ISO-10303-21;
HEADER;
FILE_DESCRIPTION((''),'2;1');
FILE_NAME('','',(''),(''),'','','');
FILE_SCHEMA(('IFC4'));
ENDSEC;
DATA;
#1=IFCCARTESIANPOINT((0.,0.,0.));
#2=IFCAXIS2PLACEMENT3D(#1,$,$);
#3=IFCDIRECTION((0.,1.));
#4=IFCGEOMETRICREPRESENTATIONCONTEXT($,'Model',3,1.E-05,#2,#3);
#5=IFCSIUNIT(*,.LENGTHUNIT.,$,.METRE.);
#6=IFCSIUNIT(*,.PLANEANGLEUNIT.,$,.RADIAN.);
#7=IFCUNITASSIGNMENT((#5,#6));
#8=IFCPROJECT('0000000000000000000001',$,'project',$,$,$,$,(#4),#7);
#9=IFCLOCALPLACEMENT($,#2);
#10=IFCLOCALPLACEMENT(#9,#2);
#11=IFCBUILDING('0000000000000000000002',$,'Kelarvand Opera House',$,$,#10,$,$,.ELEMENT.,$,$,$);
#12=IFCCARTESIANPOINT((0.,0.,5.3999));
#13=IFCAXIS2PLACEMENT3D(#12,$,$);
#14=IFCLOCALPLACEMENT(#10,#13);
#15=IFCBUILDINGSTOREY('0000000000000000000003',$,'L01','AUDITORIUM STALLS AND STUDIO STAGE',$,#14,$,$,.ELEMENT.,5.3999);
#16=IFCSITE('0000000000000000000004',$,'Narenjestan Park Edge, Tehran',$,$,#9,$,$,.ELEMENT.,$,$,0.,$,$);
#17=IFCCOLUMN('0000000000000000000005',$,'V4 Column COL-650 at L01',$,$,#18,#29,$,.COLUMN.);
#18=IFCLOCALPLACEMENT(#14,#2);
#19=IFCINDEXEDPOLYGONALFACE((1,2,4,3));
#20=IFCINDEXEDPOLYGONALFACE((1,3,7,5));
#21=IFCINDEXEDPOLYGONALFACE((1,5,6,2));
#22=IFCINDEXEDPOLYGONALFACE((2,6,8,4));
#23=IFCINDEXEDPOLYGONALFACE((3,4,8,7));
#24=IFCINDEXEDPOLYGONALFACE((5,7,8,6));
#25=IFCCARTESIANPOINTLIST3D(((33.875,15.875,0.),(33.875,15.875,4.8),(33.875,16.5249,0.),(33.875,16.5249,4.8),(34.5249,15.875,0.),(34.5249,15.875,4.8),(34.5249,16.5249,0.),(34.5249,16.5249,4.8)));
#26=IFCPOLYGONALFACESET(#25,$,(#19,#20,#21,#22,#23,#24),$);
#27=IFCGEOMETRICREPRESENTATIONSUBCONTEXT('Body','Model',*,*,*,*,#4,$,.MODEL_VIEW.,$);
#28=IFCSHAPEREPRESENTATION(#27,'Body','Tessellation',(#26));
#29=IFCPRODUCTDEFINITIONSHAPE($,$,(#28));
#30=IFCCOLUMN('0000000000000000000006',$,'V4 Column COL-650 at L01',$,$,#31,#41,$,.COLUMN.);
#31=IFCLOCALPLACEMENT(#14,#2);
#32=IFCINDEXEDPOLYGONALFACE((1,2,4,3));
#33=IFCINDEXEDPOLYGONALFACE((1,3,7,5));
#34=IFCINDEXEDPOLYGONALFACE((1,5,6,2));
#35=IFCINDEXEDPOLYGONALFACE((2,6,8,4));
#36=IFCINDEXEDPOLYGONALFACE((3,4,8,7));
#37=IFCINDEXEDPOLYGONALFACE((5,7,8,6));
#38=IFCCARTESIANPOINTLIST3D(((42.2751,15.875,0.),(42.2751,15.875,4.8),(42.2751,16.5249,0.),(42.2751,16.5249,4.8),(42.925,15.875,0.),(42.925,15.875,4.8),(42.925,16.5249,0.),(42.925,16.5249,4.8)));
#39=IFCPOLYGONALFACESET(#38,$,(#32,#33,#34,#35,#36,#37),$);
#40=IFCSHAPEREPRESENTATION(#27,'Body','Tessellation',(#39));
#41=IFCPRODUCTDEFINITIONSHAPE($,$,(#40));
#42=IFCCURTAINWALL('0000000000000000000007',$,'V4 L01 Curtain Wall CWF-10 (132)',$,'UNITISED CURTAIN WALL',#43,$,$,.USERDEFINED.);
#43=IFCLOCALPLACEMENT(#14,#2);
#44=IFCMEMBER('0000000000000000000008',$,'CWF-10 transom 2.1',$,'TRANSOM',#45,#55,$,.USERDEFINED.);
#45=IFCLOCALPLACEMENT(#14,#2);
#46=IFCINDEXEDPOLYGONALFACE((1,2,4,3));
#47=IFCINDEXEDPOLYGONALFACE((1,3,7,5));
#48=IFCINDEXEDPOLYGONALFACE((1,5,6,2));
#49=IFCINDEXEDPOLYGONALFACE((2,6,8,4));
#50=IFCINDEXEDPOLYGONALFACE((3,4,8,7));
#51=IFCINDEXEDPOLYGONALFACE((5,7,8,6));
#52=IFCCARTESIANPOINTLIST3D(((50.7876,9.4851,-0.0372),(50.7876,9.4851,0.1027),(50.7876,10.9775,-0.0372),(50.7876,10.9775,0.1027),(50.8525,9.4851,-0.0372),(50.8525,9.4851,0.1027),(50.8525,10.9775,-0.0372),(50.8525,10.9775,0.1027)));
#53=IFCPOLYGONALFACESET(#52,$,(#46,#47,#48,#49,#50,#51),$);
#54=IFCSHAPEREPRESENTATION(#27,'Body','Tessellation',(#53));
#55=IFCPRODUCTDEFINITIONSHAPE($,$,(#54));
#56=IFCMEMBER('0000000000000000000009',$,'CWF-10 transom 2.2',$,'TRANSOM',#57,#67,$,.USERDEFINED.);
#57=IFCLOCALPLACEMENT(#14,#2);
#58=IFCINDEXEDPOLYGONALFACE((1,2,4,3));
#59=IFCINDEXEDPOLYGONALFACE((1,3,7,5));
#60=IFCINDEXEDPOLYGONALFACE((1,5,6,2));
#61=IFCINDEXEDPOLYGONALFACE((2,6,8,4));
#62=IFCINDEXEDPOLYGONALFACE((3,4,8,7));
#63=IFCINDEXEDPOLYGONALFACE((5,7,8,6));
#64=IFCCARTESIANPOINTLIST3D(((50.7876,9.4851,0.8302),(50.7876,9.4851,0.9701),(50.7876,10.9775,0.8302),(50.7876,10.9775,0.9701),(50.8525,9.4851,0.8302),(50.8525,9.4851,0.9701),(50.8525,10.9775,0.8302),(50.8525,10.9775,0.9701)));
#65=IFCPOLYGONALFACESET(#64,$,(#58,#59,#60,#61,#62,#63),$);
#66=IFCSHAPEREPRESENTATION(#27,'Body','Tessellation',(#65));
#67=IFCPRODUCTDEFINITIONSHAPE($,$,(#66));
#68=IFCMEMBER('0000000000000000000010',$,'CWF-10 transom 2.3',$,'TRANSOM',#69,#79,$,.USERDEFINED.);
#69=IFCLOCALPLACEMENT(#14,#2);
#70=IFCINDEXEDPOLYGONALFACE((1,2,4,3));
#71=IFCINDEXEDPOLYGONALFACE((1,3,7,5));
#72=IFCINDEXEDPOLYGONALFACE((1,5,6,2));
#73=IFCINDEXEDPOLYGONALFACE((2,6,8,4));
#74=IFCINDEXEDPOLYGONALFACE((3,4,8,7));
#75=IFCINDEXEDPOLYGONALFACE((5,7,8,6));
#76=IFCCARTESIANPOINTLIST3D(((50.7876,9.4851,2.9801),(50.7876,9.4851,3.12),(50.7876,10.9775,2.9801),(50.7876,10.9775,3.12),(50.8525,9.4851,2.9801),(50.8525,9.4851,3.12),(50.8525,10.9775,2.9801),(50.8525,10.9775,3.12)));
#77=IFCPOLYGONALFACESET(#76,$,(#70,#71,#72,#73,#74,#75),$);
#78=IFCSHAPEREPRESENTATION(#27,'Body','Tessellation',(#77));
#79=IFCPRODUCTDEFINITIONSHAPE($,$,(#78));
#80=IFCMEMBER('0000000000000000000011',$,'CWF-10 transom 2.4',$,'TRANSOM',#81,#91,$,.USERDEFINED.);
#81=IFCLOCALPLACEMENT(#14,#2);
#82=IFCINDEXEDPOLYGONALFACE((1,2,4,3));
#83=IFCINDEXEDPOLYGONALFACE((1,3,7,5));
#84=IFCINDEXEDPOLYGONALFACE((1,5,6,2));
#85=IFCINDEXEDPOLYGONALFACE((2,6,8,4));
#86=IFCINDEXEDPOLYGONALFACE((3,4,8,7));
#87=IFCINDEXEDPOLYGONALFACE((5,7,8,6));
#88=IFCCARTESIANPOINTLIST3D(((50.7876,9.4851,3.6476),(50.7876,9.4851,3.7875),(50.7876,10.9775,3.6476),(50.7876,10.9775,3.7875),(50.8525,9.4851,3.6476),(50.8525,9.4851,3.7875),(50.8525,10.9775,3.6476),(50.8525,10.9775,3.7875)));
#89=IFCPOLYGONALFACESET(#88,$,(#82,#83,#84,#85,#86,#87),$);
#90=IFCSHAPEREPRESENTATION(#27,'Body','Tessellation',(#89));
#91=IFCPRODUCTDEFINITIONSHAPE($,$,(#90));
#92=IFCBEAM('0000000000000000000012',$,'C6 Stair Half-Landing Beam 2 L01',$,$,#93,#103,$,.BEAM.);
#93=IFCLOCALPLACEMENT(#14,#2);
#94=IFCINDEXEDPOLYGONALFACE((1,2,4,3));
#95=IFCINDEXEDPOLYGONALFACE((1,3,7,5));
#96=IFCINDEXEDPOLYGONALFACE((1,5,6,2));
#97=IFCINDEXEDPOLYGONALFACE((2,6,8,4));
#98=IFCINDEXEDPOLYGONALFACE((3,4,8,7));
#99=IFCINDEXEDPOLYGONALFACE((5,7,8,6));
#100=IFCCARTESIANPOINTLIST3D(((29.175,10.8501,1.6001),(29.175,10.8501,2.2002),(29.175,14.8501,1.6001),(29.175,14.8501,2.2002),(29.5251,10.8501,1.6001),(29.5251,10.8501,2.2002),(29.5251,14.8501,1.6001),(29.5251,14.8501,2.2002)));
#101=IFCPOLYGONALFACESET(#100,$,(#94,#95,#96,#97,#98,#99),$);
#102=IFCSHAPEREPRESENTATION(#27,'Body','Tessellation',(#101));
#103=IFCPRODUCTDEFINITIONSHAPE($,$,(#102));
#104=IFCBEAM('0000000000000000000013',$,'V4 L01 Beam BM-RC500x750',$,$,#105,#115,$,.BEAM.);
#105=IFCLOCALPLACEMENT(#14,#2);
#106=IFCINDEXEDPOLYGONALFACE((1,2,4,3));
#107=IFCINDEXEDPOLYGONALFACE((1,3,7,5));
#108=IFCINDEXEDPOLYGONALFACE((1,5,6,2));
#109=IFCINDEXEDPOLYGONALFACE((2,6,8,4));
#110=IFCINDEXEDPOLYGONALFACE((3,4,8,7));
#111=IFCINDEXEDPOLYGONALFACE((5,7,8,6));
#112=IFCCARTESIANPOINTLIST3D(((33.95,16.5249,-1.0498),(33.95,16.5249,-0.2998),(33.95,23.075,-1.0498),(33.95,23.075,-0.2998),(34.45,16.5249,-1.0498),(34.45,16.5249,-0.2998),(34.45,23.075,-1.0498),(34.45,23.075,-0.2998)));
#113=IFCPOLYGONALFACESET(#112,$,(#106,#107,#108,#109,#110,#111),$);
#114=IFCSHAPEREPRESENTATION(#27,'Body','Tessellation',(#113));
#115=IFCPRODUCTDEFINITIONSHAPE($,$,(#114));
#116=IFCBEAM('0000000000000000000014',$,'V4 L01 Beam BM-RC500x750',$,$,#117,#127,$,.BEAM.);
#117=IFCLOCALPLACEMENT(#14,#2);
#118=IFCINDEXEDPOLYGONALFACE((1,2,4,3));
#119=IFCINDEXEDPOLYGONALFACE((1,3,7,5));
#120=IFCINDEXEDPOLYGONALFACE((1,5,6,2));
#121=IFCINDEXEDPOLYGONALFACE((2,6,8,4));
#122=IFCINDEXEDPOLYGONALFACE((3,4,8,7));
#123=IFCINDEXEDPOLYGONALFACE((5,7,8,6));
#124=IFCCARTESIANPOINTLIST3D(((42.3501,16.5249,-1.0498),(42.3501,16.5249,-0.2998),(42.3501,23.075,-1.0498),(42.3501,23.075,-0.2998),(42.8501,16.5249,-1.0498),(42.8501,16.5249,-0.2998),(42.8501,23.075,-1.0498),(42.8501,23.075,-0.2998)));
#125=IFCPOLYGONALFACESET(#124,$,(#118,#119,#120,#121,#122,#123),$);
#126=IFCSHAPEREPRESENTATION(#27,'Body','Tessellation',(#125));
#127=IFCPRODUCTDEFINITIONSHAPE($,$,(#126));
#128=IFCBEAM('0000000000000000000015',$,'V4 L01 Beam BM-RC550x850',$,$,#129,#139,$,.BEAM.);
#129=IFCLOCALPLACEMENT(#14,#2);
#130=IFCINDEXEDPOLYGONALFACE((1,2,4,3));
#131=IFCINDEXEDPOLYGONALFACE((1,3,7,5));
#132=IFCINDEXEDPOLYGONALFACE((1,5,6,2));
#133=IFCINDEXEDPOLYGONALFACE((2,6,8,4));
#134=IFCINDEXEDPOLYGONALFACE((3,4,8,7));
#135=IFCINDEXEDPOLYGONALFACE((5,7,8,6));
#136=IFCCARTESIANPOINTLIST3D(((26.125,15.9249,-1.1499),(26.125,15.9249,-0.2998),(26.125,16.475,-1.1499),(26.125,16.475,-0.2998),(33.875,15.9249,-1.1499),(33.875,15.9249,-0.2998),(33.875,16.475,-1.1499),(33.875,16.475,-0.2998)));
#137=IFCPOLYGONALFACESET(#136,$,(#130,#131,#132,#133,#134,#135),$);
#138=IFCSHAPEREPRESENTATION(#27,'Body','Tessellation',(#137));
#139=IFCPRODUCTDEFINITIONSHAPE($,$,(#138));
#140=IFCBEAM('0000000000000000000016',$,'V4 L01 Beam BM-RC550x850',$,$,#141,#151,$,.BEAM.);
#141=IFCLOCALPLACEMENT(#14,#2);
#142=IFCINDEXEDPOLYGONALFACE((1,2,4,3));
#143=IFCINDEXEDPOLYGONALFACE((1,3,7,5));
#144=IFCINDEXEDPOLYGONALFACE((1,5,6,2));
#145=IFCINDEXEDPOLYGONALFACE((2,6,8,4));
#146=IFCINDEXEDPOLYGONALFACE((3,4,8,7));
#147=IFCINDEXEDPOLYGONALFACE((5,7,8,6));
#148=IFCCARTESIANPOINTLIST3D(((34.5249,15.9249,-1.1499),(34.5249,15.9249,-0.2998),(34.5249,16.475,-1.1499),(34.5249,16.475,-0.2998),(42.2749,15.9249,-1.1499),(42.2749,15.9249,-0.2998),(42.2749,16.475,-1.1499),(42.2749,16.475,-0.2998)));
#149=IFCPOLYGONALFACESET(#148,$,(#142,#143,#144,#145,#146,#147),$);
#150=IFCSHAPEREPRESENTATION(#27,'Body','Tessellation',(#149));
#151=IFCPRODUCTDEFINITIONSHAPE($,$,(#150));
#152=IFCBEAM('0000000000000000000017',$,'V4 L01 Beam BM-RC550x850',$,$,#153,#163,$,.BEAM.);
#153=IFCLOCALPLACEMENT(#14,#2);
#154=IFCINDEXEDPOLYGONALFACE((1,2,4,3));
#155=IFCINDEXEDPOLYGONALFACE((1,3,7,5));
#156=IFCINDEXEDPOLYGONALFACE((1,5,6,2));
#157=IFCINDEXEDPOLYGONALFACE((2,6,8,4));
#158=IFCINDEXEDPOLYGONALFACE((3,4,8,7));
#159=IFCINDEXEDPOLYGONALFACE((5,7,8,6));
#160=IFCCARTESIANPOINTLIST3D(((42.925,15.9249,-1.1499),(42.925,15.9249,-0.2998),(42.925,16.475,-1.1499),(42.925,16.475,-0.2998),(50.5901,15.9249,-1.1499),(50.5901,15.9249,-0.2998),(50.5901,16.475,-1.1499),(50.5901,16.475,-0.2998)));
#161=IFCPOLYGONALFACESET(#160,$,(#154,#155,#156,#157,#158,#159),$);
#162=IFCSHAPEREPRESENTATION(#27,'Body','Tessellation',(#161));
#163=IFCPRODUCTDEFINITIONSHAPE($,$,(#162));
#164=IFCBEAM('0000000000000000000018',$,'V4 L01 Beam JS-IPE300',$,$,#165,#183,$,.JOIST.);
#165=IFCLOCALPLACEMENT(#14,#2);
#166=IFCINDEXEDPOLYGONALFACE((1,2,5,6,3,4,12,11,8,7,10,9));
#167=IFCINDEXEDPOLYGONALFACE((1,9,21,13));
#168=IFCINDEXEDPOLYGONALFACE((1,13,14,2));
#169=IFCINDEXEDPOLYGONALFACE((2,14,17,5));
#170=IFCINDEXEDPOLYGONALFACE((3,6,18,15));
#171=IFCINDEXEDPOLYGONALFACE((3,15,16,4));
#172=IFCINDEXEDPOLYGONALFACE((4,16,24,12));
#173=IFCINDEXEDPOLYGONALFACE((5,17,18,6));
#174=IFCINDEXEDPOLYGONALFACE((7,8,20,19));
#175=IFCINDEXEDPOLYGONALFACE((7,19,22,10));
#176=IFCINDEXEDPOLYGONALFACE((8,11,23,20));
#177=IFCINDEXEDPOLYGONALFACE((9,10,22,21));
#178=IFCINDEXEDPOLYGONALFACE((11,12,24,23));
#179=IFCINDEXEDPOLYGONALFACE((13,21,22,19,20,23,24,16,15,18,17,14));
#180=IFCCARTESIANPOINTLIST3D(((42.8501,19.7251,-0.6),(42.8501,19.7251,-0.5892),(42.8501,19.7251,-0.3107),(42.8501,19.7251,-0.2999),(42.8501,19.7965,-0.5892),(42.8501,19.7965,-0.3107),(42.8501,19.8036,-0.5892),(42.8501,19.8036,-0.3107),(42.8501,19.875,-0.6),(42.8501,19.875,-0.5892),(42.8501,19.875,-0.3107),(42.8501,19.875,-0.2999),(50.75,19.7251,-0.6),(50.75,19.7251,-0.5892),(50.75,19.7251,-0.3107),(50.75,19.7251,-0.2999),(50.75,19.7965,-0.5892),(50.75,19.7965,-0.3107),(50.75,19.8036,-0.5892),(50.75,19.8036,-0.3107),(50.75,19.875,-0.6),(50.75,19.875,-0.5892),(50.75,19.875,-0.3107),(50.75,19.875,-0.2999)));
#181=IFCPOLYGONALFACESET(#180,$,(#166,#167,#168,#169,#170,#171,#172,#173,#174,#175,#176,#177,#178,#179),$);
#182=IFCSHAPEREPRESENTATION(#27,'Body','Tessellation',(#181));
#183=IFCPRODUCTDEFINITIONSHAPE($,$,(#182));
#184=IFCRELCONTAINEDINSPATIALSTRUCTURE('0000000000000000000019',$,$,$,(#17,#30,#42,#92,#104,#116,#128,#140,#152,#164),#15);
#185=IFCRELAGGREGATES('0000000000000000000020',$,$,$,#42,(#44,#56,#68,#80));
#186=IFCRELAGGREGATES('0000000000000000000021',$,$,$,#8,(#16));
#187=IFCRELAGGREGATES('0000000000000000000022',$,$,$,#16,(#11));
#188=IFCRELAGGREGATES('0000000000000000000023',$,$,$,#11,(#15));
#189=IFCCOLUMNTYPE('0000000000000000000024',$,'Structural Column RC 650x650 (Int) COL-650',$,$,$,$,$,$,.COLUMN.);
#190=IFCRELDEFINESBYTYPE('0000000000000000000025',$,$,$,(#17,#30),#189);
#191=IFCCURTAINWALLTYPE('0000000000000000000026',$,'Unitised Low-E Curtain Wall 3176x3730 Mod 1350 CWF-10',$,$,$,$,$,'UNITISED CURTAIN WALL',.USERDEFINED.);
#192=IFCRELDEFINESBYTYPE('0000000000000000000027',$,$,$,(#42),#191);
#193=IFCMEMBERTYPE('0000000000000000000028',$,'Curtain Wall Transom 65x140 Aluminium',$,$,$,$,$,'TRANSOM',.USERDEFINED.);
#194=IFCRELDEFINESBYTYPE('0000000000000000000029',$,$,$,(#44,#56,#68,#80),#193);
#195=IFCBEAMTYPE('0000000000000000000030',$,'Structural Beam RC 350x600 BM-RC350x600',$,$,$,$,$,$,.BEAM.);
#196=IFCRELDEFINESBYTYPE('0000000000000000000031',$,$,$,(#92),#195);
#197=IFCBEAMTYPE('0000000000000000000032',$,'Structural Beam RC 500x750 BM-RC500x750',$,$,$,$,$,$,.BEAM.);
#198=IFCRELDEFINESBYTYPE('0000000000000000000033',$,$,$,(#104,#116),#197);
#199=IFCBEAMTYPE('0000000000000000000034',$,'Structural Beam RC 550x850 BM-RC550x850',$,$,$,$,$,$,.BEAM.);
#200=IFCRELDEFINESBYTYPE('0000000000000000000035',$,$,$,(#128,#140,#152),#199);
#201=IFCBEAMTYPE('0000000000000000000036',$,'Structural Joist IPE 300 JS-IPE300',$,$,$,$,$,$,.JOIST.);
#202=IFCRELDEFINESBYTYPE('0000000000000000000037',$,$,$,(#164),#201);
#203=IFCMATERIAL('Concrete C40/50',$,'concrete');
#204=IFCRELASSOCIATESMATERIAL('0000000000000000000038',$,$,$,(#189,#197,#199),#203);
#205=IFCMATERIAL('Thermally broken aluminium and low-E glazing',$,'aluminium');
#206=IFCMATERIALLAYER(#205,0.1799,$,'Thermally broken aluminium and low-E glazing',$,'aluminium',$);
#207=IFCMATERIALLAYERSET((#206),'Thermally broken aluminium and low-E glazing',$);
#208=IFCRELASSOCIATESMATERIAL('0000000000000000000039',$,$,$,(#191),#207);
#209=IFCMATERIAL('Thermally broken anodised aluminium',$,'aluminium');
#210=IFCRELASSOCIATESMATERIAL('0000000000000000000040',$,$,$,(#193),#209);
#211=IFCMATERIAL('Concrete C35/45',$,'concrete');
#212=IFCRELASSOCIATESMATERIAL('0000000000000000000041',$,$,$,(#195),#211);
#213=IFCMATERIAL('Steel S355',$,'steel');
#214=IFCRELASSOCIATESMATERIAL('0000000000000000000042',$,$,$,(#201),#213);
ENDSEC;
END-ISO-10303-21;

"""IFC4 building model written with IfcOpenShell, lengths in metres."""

from ifc_helpers import new_model, si_unit, direction, frame, origin, origin_2d, place, context, subcontext, project, spatial, rectangle, i_section, extrude, material, layer, layer_set, material_profile, profile_set, type_object, element, aggregate, save


model = new_model("IFC4")

# Units and contexts
model_context = context("Model", 3, precision=1e-05, world=origin(), true_north=direction((0.0, 1.0)))
body_context = subcontext(model_context, "Body", "Model", "MODEL_VIEW")
ifc_project = project(units=[si_unit("LENGTHUNIT", "METRE"), si_unit("PLANEANGLEUNIT", "RADIAN")], contexts=[model_context])

# Site, building, storey
site_placement = place(None, origin())
site = spatial("IfcSite", under=ifc_project, at=site_placement, Name="Narenjestan Park Edge, Tehran", CompositionType="ELEMENT", RefElevation=0.0)
building_placement = place(site_placement, origin())
building = spatial("IfcBuilding", under=site, at=building_placement, Name="Kelarvand Opera House", CompositionType="ELEMENT")
storey_placement = place(building_placement, frame((0.0, 0.0, 5.3999)))
storey = spatial("IfcBuildingStorey", under=building, at=storey_placement, Name="L01", Description="AUDITORIUM STALLS AND STUDIO STAGE", CompositionType="ELEMENT", Elevation=5.3999)

# Columns
ifc_material_1 = material(Name="Concrete C40/50", Category="concrete")
ifc_material_profile_1 = material_profile(ifc_material_1, rectangle(XDim=0.6499, YDim=0.6499, at=origin_2d()), Name="RC 650x650", Category="concrete")
ifc_profile_set_1 = profile_set([ifc_material_profile_1], Name="Concrete C40/50")
column_type = type_object("IfcColumnType", Name="Structural Column RC 650x650 (Int) COL-650", PredefinedType="COLUMN", material=ifc_profile_set_1)
for number, where, z_axis, x_axis, name in (
    (1, (34.2, 16.2, 0.0), (0.0, 0.0, 1.0), (1.0, 0.0, 0.0), "V4 Column COL-650 at L01"),
    (2, (42.6001, 16.2, 0.0), (0.0, 0.0, 1.0), (1.0, 0.0, 0.0), "V4 Column COL-650 at L01"),
):
    element("IfcColumn", number, at=place(storey_placement, frame(where, z_axis=z_axis, x_axis=x_axis)), inside=storey, type_object=column_type, Name=name, PredefinedType="COLUMN", context=body_context, shape_type="SweptSolid", body=[
        extrude(rectangle(XDim=0.6499, YDim=0.6499, at=origin_2d()), origin(), (0.0, 0.0, 1.0), 4.8),
    ])

# Curtain wall, members
ifc_material_2 = material(Name="Thermally broken aluminium and low-E glazing", Category="aluminium")
ifc_layer_1 = layer(ifc_material_2, 0.1799, Name="Thermally broken aluminium and low-E glazing", Category="aluminium")
ifc_layer_set_1 = layer_set([ifc_layer_1], Name="Thermally broken aluminium and low-E glazing")
curtain_wall_type = type_object("IfcCurtainWallType", Name="Unitised Low-E Curtain Wall 3176x3730 Mod 1350 CWF-10", ElementType="UNITISED CURTAIN WALL", PredefinedType="USERDEFINED", material=ifc_layer_set_1)
curtain_wall_placement = place(storey_placement, origin())
curtain_wall = element("IfcCurtainWall", 3, at=curtain_wall_placement, inside=storey, type_object=curtain_wall_type, Name="V4 L01 Curtain Wall CWF-10 (132)", ObjectType="UNITISED CURTAIN WALL", PredefinedType="USERDEFINED")
ifc_material_3 = material(Name="Thermally broken anodised aluminium", Category="aluminium")
ifc_material_profile_2 = material_profile(ifc_material_3, rectangle(XDim=0.0649, YDim=0.1399, at=origin_2d()), Name="ALU TRANSOM 65x140", Category="aluminium")
ifc_profile_set_2 = profile_set([ifc_material_profile_2], Name="Thermally broken anodised aluminium")
member_type = type_object("IfcMemberType", Name="Curtain Wall Transom 65x140 Aluminium", ElementType="TRANSOM", PredefinedType="USERDEFINED", material=ifc_profile_set_2)
member_1_placement = place(storey_placement, frame((50.8201, 10.9775, 0.0327), z_axis=(0.0, -1.0, 0.0), x_axis=(1.0, 0.0, 0.0)))
member_1 = element("IfcMember", 4, at=member_1_placement, type_object=member_type, Name="CWF-10 transom 2.1", ObjectType="TRANSOM", PredefinedType="USERDEFINED", context=body_context, shape_type="SweptSolid", body=[
    extrude(rectangle(XDim=0.0649, YDim=0.1399, at=origin_2d()), origin(), (0.0, 0.0, 1.0), 1.4924),
])
member_2_placement = place(storey_placement, frame((50.8201, 10.9775, 0.9001), z_axis=(0.0, -1.0, 0.0), x_axis=(1.0, 0.0, 0.0)))
member_2 = element("IfcMember", 5, at=member_2_placement, type_object=member_type, Name="CWF-10 transom 2.2", ObjectType="TRANSOM", PredefinedType="USERDEFINED", context=body_context, shape_type="SweptSolid", body=[
    extrude(rectangle(XDim=0.0649, YDim=0.1399, at=origin_2d()), origin(), (0.0, 0.0, 1.0), 1.4924),
])
member_3_placement = place(storey_placement, frame((50.8201, 10.9775, 3.05), z_axis=(0.0, -1.0, 0.0), x_axis=(1.0, 0.0, 0.0)))
member_3 = element("IfcMember", 6, at=member_3_placement, type_object=member_type, Name="CWF-10 transom 2.3", ObjectType="TRANSOM", PredefinedType="USERDEFINED", context=body_context, shape_type="SweptSolid", body=[
    extrude(rectangle(XDim=0.0649, YDim=0.1399, at=origin_2d()), origin(), (0.0, 0.0, 1.0), 1.4924),
])
member_4_placement = place(storey_placement, frame((50.8201, 10.9775, 3.7175), z_axis=(0.0, -1.0, 0.0), x_axis=(1.0, 0.0, 0.0)))
member_4 = element("IfcMember", 7, at=member_4_placement, type_object=member_type, Name="CWF-10 transom 2.4", ObjectType="TRANSOM", PredefinedType="USERDEFINED", context=body_context, shape_type="SweptSolid", body=[
    extrude(rectangle(XDim=0.0649, YDim=0.1399, at=origin_2d()), origin(), (0.0, 0.0, 1.0), 1.4924),
])
aggregate(curtain_wall, [member_1, member_2, member_3, member_4])

# Beams
ifc_material_4 = material(Name="Concrete C35/45", Category="concrete")
ifc_material_profile_3 = material_profile(ifc_material_4, rectangle(XDim=0.3501, YDim=0.6001, at=origin_2d()), Name="RC 350x600", Category="concrete")
ifc_profile_set_3 = profile_set([ifc_material_profile_3], Name="Concrete C35/45")
beam_type_1 = type_object("IfcBeamType", Name="Structural Beam RC 350x600 BM-RC350x600", PredefinedType="BEAM", material=ifc_profile_set_3)
beam_1_placement = place(storey_placement, frame((29.3501, 10.8501, 1.9001), z_axis=(0.0, 1.0, 0.0), x_axis=(-1.0, 0.0, 0.0)))
element("IfcBeam", 8, at=beam_1_placement, inside=storey, type_object=beam_type_1, Name="C6 Stair Half-Landing Beam 2 L01", PredefinedType="BEAM", context=body_context, shape_type="SweptSolid", body=[
    extrude(rectangle(XDim=0.3501, YDim=0.6001, at=origin_2d()), origin(), (0.0, 0.0, 1.0), 4.0),
])
ifc_material_profile_4 = material_profile(ifc_material_1, rectangle(XDim=0.5, YDim=0.75, at=origin_2d()), Name="RC 500x750", Category="concrete")
ifc_profile_set_4 = profile_set([ifc_material_profile_4], Name="Concrete C40/50")
beam_type_2 = type_object("IfcBeamType", Name="Structural Beam RC 500x750 BM-RC500x750", PredefinedType="BEAM", material=ifc_profile_set_4)
for number, where, z_axis, x_axis, name in (
    (9, (34.2, 16.5249, -0.6748), (0.0, 1.0, 0.0), (-1.0, 0.0, 0.0), "V4 L01 Beam BM-RC500x750"),
    (10, (42.6001, 16.5249, -0.6748), (0.0, 1.0, 0.0), (-1.0, 0.0, 0.0), "V4 L01 Beam BM-RC500x750"),
):
    element("IfcBeam", number, at=place(storey_placement, frame(where, z_axis=z_axis, x_axis=x_axis)), inside=storey, type_object=beam_type_2, Name=name, PredefinedType="BEAM", context=body_context, shape_type="SweptSolid", body=[
        extrude(rectangle(XDim=0.5, YDim=0.75, at=origin_2d()), origin(), (0.0, 0.0, 1.0), 6.55),
    ])
ifc_material_profile_5 = material_profile(ifc_material_1, rectangle(XDim=0.55, YDim=0.8501, at=origin_2d()), Name="RC 550x850", Category="concrete")
ifc_profile_set_5 = profile_set([ifc_material_profile_5], Name="Concrete C40/50")
beam_type_3 = type_object("IfcBeamType", Name="Structural Beam RC 550x850 BM-RC550x850", PredefinedType="BEAM", material=ifc_profile_set_5)
for number, where, z_axis, x_axis, name in (
    (11, (26.125, 16.2, -0.7249), (1.0, 0.0, 0.0), (0.0, 1.0, 0.0), "V4 L01 Beam BM-RC550x850"),
    (12, (34.5249, 16.2, -0.7249), (1.0, 0.0, 0.0), (0.0, 1.0, 0.0), "V4 L01 Beam BM-RC550x850"),
):
    element("IfcBeam", number, at=place(storey_placement, frame(where, z_axis=z_axis, x_axis=x_axis)), inside=storey, type_object=beam_type_3, Name=name, PredefinedType="BEAM", context=body_context, shape_type="SweptSolid", body=[
        extrude(rectangle(XDim=0.55, YDim=0.8501, at=origin_2d()), origin(), (0.0, 0.0, 1.0), 7.75),
    ])
beam_2_placement = place(storey_placement, frame((42.925, 16.2, -0.7249), z_axis=(1.0, 0.0, 0.0), x_axis=(0.0, 1.0, 0.0)))
element("IfcBeam", 13, at=beam_2_placement, inside=storey, type_object=beam_type_3, Name="V4 L01 Beam BM-RC550x850", PredefinedType="BEAM", context=body_context, shape_type="SweptSolid", body=[
    extrude(rectangle(XDim=0.55, YDim=0.8501, at=origin_2d()), origin(), (0.0, 0.0, 1.0), 7.665),
])
ifc_material_5 = material(Name="Steel S355", Category="steel")
ifc_material_profile_6 = material_profile(ifc_material_5, i_section(OverallWidth=0.1499, OverallDepth=0.3, WebThickness=0.0071, FlangeThickness=0.0107, at=origin_2d()), Name="IPE 300", Category="steel")
ifc_profile_set_6 = profile_set([ifc_material_profile_6], Name="Steel S355")
beam_type_4 = type_object("IfcBeamType", Name="Structural Joist IPE 300 JS-IPE300", PredefinedType="JOIST", material=ifc_profile_set_6)
beam_3_placement = place(storey_placement, frame((42.8501, 19.8, -0.45), z_axis=(1.0, 0.0, 0.0), x_axis=(0.0, 1.0, 0.0)))
element("IfcBeam", 14, at=beam_3_placement, inside=storey, type_object=beam_type_4, Name="V4 L01 Beam JS-IPE300", PredefinedType="JOIST", context=body_context, shape_type="SweptSolid", body=[
    extrude(i_section(OverallWidth=0.1499, OverallDepth=0.3, WebThickness=0.0071, FlangeThickness=0.0107, at=origin_2d()), origin(), (0.0, 0.0, 1.0), 7.8999),
])

save(model, "model.ifc")
